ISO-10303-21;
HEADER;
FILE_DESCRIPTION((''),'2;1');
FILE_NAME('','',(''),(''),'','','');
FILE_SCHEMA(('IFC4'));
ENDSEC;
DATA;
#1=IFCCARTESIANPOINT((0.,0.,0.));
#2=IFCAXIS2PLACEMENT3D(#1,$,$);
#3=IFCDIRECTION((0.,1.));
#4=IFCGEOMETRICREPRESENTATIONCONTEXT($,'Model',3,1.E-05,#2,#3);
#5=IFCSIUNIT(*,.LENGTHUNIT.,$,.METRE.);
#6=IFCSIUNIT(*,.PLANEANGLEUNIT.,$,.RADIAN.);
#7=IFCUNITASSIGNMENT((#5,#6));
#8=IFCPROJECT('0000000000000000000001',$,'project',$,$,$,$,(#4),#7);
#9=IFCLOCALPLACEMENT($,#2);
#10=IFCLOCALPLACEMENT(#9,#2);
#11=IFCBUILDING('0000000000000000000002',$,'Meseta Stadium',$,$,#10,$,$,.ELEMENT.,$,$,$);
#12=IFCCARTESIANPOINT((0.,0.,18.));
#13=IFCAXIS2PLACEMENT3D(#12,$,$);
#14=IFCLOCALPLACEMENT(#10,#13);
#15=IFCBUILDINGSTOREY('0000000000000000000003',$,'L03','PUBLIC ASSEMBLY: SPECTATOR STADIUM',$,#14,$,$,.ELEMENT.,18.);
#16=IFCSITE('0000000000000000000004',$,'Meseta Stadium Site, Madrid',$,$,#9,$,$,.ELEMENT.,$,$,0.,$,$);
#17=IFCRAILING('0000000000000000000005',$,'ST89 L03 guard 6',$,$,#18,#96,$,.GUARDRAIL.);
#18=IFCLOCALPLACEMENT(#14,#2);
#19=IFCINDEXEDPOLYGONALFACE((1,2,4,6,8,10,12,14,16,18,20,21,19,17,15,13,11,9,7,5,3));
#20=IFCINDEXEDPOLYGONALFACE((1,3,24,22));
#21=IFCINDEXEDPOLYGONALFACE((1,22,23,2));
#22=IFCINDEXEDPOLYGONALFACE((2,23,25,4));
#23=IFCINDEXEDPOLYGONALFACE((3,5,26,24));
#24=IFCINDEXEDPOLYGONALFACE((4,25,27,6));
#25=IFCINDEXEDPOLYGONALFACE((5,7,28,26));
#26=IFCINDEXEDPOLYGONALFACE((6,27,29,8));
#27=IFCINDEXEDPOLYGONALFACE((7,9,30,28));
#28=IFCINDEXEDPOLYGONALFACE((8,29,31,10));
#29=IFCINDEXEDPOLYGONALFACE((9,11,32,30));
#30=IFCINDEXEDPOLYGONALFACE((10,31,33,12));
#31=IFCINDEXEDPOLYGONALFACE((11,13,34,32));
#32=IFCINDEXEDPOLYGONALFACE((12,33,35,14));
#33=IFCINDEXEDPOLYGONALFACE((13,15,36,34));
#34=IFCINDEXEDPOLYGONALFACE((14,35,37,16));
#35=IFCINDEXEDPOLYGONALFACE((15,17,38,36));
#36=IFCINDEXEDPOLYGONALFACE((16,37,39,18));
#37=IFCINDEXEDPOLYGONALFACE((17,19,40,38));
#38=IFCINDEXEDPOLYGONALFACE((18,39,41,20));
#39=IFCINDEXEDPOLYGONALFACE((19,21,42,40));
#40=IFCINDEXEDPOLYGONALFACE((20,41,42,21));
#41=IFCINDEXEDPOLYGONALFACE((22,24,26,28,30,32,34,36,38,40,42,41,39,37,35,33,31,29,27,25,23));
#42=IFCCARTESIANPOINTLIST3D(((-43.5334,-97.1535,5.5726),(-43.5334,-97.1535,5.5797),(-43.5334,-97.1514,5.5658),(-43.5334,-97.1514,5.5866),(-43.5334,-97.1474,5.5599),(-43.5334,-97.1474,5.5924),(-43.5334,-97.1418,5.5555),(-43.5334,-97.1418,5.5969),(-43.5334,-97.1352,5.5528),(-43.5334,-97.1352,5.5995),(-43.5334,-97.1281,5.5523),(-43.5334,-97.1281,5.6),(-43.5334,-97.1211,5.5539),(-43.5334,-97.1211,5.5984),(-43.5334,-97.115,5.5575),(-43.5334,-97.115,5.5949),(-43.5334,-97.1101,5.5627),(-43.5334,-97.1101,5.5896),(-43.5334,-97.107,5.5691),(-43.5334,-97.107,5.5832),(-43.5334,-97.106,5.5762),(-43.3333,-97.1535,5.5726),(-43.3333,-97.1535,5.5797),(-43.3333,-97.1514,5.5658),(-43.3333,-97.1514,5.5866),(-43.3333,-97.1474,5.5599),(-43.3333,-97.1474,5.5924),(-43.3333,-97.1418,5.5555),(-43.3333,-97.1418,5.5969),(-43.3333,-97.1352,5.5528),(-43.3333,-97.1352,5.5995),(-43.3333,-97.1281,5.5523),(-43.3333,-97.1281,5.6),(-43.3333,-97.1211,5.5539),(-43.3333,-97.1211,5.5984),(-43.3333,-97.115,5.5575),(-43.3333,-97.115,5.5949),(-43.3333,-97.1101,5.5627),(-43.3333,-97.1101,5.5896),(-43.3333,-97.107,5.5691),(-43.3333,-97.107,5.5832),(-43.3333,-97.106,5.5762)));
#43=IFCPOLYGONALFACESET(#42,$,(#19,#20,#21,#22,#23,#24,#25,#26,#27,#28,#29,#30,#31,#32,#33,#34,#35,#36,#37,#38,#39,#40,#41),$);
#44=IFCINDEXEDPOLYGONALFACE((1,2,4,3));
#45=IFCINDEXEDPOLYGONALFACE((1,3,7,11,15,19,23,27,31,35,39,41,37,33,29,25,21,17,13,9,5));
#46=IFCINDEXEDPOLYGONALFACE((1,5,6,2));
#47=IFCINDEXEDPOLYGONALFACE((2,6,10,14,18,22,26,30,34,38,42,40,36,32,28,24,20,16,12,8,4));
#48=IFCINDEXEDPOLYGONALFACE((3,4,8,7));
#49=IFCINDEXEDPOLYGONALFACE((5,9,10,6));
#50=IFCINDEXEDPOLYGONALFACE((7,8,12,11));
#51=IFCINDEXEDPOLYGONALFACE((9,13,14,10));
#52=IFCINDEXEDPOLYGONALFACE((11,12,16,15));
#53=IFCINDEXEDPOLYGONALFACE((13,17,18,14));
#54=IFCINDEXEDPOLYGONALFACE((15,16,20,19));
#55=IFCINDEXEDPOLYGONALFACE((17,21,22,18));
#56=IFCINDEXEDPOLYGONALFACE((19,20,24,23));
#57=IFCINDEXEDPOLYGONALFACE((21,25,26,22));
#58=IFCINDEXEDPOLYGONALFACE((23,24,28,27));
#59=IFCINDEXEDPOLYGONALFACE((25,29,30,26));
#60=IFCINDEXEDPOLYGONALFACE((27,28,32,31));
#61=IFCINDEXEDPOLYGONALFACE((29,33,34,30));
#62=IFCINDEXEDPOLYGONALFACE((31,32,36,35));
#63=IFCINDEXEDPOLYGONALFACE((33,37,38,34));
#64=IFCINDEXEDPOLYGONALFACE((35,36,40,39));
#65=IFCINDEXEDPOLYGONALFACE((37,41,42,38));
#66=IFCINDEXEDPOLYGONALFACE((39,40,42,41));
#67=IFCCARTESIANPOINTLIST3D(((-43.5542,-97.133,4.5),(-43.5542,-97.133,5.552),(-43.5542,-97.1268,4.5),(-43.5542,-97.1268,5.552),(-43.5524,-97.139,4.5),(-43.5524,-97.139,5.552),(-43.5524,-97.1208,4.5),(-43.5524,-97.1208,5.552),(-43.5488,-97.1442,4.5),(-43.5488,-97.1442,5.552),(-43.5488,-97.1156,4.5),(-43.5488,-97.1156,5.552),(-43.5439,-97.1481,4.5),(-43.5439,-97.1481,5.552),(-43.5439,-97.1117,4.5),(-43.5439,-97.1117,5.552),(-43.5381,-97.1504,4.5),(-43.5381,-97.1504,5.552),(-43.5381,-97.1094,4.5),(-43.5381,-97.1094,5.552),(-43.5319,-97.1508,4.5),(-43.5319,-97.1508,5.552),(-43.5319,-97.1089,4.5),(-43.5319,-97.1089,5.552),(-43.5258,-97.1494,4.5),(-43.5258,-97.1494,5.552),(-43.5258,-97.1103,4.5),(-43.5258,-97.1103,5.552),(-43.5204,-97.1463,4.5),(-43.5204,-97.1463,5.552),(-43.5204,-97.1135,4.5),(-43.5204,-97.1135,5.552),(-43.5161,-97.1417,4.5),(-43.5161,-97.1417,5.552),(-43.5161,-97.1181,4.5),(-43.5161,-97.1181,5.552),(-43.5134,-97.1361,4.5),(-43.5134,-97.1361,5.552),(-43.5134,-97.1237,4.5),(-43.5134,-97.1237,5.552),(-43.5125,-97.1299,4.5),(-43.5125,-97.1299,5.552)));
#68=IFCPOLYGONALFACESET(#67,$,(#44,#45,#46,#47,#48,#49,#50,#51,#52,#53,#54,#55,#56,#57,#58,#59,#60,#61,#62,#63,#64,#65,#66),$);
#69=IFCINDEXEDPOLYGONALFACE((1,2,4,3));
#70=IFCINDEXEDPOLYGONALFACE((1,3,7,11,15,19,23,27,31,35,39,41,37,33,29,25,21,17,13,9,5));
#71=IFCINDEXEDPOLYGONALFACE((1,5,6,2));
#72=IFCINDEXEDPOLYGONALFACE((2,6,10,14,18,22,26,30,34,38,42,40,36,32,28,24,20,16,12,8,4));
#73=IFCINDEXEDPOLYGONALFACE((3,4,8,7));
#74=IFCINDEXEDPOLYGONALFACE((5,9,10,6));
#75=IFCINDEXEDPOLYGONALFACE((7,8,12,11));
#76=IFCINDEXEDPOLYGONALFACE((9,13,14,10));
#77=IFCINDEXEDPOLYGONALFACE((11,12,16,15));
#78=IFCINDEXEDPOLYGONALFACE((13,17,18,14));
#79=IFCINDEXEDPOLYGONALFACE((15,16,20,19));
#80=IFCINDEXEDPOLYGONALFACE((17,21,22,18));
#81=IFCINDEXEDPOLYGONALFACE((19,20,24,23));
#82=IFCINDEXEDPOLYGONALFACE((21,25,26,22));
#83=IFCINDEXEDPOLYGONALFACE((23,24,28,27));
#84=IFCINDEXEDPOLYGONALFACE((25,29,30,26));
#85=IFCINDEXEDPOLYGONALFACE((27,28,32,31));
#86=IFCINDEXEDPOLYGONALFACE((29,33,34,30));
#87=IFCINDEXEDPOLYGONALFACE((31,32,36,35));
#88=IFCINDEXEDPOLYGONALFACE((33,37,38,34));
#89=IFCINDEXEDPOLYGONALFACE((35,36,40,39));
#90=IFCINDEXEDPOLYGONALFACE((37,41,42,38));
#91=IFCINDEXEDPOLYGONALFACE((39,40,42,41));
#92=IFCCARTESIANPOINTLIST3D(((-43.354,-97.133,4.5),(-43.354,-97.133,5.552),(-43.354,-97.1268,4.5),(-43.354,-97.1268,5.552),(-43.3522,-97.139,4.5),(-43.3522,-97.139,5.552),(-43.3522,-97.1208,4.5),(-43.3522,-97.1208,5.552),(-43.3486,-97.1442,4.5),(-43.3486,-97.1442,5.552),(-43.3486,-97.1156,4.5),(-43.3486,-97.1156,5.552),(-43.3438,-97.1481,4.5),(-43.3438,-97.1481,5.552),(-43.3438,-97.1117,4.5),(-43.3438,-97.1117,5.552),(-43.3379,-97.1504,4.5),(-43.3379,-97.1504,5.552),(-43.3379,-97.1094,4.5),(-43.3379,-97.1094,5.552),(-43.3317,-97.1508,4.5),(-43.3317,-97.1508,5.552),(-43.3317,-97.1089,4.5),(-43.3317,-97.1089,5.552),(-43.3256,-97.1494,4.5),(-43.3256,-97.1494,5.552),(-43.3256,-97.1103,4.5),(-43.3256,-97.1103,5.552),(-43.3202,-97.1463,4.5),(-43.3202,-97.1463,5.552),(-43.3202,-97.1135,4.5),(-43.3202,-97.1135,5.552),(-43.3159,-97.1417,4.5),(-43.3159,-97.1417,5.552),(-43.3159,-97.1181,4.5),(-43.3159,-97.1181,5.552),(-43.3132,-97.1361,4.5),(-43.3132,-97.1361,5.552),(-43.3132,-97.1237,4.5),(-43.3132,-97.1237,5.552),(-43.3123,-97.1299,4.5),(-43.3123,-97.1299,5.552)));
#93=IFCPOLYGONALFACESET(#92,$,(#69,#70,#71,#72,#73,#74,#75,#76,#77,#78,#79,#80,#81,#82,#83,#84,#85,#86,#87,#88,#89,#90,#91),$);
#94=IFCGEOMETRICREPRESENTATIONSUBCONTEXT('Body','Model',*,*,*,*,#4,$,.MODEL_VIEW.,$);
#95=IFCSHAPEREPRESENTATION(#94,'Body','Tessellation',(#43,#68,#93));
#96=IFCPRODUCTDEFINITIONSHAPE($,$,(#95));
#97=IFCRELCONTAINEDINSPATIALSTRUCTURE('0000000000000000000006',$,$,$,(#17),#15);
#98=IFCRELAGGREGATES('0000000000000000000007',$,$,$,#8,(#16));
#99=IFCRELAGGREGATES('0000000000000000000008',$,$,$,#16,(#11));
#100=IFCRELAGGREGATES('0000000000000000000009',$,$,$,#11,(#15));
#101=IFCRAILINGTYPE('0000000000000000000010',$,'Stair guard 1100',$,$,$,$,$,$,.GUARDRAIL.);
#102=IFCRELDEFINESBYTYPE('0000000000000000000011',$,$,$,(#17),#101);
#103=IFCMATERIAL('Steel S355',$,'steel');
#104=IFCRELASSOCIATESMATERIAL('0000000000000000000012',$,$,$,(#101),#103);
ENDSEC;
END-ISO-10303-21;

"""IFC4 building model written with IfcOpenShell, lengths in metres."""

from ifc_helpers import new_model, si_unit, direction, frame, origin, origin_2d, place, context, subcontext, project, spatial, circle, extrude, material, type_object, element, save


model = new_model("IFC4")

# Units and contexts
model_context = context("Model", 3, precision=1e-05, world=origin(), true_north=direction((0.0, 1.0)))
body_context = subcontext(model_context, "Body", "Model", "MODEL_VIEW")
ifc_project = project(units=[si_unit("LENGTHUNIT", "METRE"), si_unit("PLANEANGLEUNIT", "RADIAN")], contexts=[model_context])

# Site, building, storey
site_placement = place(None, origin())
site = spatial("IfcSite", under=ifc_project, at=site_placement, Name="Meseta Stadium Site, Madrid", CompositionType="ELEMENT", RefElevation=0.0)
building_placement = place(site_placement, origin())
building = spatial("IfcBuilding", under=site, at=building_placement, Name="Meseta Stadium", CompositionType="ELEMENT")
storey_placement = place(building_placement, frame((0.0, 0.0, 18.0)))
storey = spatial("IfcBuildingStorey", under=building, at=storey_placement, Name="L03", Description="PUBLIC ASSEMBLY: SPECTATOR STADIUM", CompositionType="ELEMENT", Elevation=18.0)

# Railing
ifc_material_1 = material(Name="Steel S355", Category="steel")
railing_type = type_object("IfcRailingType", Name="Stair guard 1100", PredefinedType="GUARDRAIL", material=ifc_material_1)
railing_1_placement = place(storey_placement, frame((-43.5334, -97.1299, 4.5)))
element("IfcRailing", 1, at=railing_1_placement, inside=storey, type_object=railing_type, Name="ST89 L03 guard 6", PredefinedType="GUARDRAIL", context=body_context, shape_type="SweptSolid", body=[
    extrude(circle(Radius=0.0239, at=origin_2d()), frame((0.0, 0.0, 1.0762), z_axis=(1.0, 0.0, 0.0), x_axis=(0.0, 1.0, 0.0)), (0.0, 0.0, 1.0), 0.2002),
    extrude(circle(Radius=0.021, at=origin_2d()), origin(), (0.0, 0.0, 1.0), 1.052),
    extrude(circle(Radius=0.021, at=origin_2d()), frame((0.2002, 0.0, 0.0)), (0.0, 0.0, 1.0), 1.052),
])

save(model, "model.ifc")
